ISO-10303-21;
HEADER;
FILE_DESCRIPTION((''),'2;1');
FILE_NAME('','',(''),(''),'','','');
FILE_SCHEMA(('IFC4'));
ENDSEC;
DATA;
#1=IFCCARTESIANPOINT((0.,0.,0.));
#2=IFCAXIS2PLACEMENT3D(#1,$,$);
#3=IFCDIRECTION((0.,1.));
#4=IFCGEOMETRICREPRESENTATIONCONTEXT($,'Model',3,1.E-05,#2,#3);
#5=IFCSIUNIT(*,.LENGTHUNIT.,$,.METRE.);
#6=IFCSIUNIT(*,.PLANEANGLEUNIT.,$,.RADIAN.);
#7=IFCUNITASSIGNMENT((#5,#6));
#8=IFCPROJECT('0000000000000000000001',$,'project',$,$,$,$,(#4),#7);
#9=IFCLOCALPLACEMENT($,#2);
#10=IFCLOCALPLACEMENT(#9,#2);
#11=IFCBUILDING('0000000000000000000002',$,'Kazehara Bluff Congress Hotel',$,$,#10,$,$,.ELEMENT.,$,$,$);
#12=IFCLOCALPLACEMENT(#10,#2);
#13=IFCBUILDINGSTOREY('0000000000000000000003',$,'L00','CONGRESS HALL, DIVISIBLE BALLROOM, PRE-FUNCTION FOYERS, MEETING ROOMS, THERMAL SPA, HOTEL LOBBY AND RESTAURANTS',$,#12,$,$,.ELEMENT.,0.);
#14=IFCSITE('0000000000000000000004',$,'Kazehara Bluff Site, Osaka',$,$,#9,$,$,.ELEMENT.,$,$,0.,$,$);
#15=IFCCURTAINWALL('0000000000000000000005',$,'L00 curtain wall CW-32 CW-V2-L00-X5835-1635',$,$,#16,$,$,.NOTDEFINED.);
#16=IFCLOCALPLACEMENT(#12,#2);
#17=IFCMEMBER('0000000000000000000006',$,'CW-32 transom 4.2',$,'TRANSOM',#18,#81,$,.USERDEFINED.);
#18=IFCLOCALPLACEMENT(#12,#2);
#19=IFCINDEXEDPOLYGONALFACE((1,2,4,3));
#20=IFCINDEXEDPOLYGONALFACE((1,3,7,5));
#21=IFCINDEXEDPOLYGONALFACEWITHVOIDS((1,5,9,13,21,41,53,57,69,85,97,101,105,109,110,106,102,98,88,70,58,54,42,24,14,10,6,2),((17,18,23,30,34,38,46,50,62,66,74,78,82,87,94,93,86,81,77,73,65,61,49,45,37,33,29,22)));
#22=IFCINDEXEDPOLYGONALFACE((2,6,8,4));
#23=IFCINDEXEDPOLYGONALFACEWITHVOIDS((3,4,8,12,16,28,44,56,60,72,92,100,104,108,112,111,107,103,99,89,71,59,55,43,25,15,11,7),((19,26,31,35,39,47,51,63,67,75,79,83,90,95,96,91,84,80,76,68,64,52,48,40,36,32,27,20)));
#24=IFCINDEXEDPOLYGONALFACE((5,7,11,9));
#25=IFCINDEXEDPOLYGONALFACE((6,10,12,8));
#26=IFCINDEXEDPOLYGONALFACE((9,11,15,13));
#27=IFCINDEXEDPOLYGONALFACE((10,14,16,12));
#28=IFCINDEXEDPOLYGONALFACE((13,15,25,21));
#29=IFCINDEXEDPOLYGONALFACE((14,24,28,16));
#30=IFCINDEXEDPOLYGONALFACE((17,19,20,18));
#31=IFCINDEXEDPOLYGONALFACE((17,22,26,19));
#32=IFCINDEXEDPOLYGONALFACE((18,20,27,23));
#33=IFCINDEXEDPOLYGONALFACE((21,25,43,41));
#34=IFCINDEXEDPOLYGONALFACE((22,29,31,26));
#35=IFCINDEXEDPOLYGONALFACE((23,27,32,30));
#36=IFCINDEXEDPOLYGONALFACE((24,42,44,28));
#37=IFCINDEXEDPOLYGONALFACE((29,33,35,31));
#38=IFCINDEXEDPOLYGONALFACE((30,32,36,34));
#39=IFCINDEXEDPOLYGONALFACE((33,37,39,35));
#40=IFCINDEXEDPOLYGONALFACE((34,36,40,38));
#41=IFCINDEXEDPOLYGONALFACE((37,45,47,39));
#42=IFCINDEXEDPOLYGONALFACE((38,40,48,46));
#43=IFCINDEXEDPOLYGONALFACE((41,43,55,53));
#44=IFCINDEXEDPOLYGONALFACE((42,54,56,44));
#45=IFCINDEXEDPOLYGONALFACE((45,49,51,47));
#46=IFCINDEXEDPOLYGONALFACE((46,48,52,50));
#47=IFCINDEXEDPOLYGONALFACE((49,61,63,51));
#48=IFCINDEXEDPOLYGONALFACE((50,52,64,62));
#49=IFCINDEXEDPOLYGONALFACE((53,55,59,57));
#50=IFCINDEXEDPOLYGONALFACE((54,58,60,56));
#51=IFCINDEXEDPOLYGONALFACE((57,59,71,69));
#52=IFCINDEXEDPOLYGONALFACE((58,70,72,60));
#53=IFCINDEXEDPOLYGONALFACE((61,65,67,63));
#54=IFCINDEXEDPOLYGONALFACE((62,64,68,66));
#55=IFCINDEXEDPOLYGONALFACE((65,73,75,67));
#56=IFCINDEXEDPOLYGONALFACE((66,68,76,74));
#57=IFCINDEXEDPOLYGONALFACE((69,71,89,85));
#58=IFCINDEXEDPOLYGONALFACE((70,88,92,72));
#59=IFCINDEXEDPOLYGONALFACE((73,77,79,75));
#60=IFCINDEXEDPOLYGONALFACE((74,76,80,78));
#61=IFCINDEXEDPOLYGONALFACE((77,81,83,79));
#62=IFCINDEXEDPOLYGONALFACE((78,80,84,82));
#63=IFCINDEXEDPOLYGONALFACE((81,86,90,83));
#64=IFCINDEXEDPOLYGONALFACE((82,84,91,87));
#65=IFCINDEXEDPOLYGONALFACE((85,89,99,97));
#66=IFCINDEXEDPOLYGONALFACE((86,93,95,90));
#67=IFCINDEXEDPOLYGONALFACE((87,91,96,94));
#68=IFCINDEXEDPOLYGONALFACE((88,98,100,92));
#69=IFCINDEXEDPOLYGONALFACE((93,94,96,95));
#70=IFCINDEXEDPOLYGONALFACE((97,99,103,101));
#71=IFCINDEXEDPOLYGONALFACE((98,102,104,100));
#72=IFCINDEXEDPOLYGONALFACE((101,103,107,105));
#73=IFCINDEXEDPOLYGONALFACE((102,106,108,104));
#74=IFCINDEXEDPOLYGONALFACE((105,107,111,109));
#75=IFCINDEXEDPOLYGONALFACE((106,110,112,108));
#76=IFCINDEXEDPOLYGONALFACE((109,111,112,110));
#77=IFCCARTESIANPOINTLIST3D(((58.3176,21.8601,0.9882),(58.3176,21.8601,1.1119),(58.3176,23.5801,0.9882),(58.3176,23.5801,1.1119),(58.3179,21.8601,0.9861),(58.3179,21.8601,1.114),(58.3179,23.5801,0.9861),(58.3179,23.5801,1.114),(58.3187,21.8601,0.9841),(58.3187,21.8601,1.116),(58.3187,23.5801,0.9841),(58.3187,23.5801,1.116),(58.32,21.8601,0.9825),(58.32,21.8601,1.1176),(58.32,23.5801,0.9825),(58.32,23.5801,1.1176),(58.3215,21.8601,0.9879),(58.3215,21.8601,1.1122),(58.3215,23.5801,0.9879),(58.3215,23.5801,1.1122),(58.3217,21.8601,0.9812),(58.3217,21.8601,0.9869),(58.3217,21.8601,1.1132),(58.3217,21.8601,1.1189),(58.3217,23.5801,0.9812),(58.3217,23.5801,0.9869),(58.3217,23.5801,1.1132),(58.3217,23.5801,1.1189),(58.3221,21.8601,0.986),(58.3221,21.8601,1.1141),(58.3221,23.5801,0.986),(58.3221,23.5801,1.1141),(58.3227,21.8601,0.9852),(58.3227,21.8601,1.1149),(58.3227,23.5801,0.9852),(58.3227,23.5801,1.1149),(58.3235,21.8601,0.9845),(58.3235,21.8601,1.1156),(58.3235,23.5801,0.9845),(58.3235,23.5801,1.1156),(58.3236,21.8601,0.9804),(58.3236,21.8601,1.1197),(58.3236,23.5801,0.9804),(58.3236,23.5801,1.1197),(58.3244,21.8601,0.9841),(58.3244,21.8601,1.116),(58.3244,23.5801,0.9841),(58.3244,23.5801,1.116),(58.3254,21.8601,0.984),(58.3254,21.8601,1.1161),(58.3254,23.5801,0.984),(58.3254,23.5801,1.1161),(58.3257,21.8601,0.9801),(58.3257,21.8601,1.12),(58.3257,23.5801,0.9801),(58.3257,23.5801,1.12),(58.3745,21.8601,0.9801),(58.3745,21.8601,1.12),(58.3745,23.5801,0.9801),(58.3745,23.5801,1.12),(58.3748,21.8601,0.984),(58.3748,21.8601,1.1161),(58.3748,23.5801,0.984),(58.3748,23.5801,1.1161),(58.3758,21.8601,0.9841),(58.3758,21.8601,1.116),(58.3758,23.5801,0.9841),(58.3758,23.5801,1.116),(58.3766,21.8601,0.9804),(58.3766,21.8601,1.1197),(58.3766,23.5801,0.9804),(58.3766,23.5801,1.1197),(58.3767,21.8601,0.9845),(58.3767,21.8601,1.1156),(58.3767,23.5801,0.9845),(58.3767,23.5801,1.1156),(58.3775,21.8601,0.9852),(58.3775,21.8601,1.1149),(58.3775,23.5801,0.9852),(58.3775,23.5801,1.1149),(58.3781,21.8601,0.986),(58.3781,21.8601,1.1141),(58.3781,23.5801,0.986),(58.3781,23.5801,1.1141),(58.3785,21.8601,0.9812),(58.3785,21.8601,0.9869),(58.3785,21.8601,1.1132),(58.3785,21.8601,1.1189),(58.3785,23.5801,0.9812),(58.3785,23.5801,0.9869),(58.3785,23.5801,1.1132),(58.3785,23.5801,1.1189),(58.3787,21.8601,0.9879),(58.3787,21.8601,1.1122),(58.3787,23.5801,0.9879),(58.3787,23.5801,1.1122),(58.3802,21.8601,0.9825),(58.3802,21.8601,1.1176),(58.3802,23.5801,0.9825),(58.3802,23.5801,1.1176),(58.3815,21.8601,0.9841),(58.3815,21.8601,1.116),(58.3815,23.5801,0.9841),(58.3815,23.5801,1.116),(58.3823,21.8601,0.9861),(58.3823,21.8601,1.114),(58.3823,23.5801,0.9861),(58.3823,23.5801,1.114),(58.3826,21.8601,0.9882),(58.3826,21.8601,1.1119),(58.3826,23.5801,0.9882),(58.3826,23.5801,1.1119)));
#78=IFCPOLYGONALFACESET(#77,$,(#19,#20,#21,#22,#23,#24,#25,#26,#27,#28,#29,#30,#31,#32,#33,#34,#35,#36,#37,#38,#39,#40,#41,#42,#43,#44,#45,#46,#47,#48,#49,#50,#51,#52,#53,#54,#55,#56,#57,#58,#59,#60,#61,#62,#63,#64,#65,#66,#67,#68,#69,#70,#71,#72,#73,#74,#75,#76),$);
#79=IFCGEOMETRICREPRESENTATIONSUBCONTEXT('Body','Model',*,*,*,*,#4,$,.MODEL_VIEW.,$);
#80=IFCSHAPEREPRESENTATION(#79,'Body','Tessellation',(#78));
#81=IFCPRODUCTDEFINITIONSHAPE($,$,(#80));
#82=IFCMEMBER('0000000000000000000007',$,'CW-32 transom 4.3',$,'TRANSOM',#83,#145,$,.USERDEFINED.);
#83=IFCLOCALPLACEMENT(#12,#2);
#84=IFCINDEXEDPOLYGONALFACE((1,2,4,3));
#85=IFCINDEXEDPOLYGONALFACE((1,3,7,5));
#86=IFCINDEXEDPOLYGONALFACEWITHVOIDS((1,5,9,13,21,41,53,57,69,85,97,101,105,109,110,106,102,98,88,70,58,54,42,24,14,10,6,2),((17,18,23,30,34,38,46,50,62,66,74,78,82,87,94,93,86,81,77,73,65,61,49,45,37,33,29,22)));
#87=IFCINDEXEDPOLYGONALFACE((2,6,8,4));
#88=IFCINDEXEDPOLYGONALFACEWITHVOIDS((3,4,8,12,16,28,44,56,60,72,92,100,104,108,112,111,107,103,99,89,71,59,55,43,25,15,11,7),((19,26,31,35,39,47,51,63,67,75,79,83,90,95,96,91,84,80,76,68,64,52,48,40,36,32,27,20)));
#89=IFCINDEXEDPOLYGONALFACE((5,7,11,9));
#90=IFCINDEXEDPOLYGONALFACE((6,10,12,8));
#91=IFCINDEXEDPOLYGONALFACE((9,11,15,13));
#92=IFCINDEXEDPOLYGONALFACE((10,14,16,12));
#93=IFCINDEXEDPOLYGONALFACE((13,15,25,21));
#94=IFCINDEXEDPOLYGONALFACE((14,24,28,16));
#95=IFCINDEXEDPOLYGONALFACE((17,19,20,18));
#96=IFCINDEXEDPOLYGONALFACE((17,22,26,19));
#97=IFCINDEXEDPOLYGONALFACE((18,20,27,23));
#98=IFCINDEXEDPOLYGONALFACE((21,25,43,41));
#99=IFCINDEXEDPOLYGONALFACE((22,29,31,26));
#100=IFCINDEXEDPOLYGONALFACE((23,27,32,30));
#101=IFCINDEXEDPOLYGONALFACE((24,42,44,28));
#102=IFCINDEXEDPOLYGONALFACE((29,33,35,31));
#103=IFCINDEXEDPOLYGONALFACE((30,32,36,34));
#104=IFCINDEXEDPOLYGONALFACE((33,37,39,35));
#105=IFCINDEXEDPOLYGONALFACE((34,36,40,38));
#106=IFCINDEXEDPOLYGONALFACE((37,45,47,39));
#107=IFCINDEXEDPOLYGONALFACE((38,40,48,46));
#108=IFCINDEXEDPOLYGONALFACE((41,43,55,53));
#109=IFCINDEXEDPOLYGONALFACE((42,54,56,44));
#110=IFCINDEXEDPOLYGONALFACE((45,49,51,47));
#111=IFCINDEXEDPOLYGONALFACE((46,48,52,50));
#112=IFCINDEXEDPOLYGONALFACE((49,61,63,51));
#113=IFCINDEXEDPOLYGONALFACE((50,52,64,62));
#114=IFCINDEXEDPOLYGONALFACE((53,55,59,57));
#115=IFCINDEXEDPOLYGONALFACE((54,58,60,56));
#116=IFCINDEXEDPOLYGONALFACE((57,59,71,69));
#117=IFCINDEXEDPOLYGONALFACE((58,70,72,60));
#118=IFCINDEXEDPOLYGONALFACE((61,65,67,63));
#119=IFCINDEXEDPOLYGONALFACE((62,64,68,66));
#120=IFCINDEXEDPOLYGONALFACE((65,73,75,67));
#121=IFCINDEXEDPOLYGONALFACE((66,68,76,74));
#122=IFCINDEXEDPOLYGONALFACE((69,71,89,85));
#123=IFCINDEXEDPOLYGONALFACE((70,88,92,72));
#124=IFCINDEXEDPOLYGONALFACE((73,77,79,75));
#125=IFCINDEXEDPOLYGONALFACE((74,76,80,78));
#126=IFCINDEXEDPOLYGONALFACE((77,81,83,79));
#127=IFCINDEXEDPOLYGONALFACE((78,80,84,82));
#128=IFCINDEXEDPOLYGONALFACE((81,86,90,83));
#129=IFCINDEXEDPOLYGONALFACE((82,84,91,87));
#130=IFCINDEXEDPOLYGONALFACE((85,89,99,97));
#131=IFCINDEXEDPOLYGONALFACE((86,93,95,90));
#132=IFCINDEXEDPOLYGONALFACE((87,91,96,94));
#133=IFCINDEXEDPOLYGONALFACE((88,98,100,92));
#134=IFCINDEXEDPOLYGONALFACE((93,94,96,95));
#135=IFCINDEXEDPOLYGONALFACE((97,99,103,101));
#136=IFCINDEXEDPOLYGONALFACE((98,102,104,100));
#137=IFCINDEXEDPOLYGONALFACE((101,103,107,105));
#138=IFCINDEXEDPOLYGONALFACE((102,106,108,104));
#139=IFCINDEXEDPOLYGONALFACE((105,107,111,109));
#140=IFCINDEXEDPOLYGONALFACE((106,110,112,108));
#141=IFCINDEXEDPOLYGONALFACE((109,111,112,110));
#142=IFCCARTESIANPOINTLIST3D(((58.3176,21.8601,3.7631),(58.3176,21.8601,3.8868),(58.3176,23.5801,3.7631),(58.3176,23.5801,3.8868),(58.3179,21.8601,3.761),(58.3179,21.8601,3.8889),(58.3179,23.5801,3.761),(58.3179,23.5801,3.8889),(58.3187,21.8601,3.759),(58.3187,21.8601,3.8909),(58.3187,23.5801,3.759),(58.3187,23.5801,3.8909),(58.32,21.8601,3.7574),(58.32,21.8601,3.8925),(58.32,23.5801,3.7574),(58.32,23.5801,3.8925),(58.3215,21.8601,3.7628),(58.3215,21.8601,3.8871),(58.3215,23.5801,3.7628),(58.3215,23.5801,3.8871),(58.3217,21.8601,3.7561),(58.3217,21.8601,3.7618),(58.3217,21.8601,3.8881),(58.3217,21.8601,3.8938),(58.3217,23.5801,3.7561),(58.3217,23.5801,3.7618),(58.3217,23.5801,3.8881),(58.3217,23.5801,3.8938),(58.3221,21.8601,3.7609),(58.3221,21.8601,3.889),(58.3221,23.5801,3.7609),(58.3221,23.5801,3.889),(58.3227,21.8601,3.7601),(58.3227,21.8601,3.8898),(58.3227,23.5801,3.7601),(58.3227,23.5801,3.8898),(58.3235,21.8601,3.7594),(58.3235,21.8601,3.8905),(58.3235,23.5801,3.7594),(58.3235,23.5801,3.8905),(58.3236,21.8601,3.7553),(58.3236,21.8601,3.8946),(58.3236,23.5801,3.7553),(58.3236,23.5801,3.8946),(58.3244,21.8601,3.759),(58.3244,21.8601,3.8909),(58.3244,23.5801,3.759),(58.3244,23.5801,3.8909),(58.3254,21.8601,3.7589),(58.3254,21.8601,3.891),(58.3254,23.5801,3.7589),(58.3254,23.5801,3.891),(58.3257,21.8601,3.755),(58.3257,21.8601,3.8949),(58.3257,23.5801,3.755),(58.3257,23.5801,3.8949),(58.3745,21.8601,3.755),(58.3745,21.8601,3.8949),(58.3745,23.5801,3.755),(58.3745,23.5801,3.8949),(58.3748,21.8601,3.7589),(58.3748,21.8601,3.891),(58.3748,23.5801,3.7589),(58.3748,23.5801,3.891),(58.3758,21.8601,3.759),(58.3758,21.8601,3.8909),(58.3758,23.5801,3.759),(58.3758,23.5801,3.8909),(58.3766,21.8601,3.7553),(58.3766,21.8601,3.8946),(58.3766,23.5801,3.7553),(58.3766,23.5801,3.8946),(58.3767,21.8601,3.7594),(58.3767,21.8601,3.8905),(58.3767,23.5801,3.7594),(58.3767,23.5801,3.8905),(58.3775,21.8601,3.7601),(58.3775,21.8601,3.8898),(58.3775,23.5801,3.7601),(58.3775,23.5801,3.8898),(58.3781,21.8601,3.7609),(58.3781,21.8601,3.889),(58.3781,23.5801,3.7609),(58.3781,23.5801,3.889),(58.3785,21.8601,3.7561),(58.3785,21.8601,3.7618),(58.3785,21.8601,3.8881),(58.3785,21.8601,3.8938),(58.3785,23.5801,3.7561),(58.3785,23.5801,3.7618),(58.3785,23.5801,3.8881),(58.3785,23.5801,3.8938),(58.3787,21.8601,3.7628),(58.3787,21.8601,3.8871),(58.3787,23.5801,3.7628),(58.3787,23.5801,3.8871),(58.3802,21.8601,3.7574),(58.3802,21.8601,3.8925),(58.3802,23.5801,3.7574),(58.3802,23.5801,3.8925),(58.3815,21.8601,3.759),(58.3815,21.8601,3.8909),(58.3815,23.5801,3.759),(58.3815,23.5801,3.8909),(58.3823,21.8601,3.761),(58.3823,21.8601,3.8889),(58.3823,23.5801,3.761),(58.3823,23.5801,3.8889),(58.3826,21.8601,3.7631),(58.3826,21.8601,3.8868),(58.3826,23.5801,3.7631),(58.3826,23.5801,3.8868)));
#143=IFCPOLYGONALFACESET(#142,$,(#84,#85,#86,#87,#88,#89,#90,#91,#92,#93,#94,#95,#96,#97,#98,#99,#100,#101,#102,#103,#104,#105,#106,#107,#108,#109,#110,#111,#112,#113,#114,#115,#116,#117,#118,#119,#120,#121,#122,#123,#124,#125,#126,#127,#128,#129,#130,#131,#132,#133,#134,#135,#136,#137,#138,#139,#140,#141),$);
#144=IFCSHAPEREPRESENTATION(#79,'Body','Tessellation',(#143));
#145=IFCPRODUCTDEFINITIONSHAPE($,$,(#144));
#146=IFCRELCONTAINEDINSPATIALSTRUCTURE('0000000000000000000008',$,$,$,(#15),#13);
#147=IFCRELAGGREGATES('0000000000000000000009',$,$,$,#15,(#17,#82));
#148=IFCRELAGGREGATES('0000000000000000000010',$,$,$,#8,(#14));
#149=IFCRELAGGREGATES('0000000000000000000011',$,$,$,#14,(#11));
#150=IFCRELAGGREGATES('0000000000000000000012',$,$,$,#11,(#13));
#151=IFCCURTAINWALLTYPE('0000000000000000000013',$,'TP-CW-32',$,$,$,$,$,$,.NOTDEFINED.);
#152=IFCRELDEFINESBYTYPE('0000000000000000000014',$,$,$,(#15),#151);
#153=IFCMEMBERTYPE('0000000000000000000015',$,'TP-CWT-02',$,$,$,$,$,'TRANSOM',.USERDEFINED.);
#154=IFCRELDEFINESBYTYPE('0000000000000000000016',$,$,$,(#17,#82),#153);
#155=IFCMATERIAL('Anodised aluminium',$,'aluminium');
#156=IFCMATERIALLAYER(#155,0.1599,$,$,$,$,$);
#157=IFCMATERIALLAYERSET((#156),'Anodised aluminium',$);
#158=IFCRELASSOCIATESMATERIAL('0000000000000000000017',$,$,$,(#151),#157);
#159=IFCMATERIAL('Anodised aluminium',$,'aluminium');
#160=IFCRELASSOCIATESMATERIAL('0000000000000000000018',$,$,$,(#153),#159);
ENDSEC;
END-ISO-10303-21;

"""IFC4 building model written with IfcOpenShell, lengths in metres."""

from ifc_helpers import new_model, si_unit, direction, frame, origin, origin_2d, place, context, subcontext, project, spatial, hollow_rectangle, extrude, material, layer, layer_set, material_profile, profile_set, type_object, element, aggregate, save


model = new_model("IFC4")

# Units and contexts
model_context = context("Model", 3, precision=1e-05, world=origin(), true_north=direction((0.0, 1.0)))
body_context = subcontext(model_context, "Body", "Model", "MODEL_VIEW")
ifc_project = project(units=[si_unit("LENGTHUNIT", "METRE"), si_unit("PLANEANGLEUNIT", "RADIAN")], contexts=[model_context])

# Site, building, storey
site_placement = place(None, origin())
site = spatial("IfcSite", under=ifc_project, at=site_placement, Name="Kazehara Bluff Site, Osaka", CompositionType="ELEMENT", RefElevation=0.0)
building_placement = place(site_placement, origin())
building = spatial("IfcBuilding", under=site, at=building_placement, Name="Kazehara Bluff Congress Hotel", CompositionType="ELEMENT")
storey_placement = place(building_placement, origin())
storey = spatial("IfcBuildingStorey", under=building, at=storey_placement, Name="L00", Description="CONGRESS HALL, DIVISIBLE BALLROOM, PRE-FUNCTION FOYERS, MEETING ROOMS, THERMAL SPA, HOTEL LOBBY AND RESTAURANTS", CompositionType="ELEMENT", Elevation=0.0)

# Curtain wall, members
ifc_material_1 = material(Name="Anodised aluminium", Category="aluminium")
ifc_layer_1 = layer(ifc_material_1, 0.1599)
ifc_layer_set_1 = layer_set([ifc_layer_1], Name="Anodised aluminium")
curtain_wall_type = type_object("IfcCurtainWallType", Name="TP-CW-32", PredefinedType="NOTDEFINED", material=ifc_layer_set_1)
curtain_wall_placement = place(storey_placement, origin())
curtain_wall = element("IfcCurtainWall", 1, at=curtain_wall_placement, inside=storey, type_object=curtain_wall_type, Name="L00 curtain wall CW-32 CW-V2-L00-X5835-1635", PredefinedType="NOTDEFINED")
ifc_material_2 = material(Name="Anodised aluminium", Category="aluminium")
ifc_material_profile_1 = material_profile(ifc_material_2, hollow_rectangle(XDim=0.0649, YDim=0.1399, WallThickness=0.0039, InnerFilletRadius=0.0039, OuterFilletRadius=0.0081, at=origin_2d()))
ifc_profile_set_1 = profile_set([ifc_material_profile_1], Name="Anodised aluminium")
member_type_1 = type_object("IfcMemberType", Name="TP-CWT-02", ElementType="TRANSOM", PredefinedType="USERDEFINED", material=ifc_profile_set_1)
member_1_placement = place(storey_placement, frame((58.3501, 21.8601, 1.05), z_axis=(0.0, 1.0, 0.0), x_axis=(-1.0, 0.0, 0.0)))
member_1 = element("IfcMember", 2, at=member_1_placement, type_object=member_type_1, Name="CW-32 transom 4.2", ObjectType="TRANSOM", PredefinedType="USERDEFINED", context=body_context, shape_type="SweptSolid", body=[
    extrude(hollow_rectangle(XDim=0.0649, YDim=0.1399, WallThickness=0.0039, InnerFilletRadius=0.0039, OuterFilletRadius=0.0081, at=origin_2d()), origin(), (0.0, 0.0, 1.0), 1.72),
])
member_2_placement = place(storey_placement, frame((58.3501, 21.8601, 3.825), z_axis=(0.0, 1.0, 0.0), x_axis=(-1.0, 0.0, 0.0)))
member_2 = element("IfcMember", 3, at=member_2_placement, type_object=member_type_1, Name="CW-32 transom 4.3", ObjectType="TRANSOM", PredefinedType="USERDEFINED", context=body_context, shape_type="SweptSolid", body=[
    extrude(hollow_rectangle(XDim=0.0649, YDim=0.1399, WallThickness=0.0039, InnerFilletRadius=0.0039, OuterFilletRadius=0.0081, at=origin_2d()), origin(), (0.0, 0.0, 1.0), 1.72),
])

aggregate(curtain_wall, [member_1, member_2])

save(model, "model.ifc")
